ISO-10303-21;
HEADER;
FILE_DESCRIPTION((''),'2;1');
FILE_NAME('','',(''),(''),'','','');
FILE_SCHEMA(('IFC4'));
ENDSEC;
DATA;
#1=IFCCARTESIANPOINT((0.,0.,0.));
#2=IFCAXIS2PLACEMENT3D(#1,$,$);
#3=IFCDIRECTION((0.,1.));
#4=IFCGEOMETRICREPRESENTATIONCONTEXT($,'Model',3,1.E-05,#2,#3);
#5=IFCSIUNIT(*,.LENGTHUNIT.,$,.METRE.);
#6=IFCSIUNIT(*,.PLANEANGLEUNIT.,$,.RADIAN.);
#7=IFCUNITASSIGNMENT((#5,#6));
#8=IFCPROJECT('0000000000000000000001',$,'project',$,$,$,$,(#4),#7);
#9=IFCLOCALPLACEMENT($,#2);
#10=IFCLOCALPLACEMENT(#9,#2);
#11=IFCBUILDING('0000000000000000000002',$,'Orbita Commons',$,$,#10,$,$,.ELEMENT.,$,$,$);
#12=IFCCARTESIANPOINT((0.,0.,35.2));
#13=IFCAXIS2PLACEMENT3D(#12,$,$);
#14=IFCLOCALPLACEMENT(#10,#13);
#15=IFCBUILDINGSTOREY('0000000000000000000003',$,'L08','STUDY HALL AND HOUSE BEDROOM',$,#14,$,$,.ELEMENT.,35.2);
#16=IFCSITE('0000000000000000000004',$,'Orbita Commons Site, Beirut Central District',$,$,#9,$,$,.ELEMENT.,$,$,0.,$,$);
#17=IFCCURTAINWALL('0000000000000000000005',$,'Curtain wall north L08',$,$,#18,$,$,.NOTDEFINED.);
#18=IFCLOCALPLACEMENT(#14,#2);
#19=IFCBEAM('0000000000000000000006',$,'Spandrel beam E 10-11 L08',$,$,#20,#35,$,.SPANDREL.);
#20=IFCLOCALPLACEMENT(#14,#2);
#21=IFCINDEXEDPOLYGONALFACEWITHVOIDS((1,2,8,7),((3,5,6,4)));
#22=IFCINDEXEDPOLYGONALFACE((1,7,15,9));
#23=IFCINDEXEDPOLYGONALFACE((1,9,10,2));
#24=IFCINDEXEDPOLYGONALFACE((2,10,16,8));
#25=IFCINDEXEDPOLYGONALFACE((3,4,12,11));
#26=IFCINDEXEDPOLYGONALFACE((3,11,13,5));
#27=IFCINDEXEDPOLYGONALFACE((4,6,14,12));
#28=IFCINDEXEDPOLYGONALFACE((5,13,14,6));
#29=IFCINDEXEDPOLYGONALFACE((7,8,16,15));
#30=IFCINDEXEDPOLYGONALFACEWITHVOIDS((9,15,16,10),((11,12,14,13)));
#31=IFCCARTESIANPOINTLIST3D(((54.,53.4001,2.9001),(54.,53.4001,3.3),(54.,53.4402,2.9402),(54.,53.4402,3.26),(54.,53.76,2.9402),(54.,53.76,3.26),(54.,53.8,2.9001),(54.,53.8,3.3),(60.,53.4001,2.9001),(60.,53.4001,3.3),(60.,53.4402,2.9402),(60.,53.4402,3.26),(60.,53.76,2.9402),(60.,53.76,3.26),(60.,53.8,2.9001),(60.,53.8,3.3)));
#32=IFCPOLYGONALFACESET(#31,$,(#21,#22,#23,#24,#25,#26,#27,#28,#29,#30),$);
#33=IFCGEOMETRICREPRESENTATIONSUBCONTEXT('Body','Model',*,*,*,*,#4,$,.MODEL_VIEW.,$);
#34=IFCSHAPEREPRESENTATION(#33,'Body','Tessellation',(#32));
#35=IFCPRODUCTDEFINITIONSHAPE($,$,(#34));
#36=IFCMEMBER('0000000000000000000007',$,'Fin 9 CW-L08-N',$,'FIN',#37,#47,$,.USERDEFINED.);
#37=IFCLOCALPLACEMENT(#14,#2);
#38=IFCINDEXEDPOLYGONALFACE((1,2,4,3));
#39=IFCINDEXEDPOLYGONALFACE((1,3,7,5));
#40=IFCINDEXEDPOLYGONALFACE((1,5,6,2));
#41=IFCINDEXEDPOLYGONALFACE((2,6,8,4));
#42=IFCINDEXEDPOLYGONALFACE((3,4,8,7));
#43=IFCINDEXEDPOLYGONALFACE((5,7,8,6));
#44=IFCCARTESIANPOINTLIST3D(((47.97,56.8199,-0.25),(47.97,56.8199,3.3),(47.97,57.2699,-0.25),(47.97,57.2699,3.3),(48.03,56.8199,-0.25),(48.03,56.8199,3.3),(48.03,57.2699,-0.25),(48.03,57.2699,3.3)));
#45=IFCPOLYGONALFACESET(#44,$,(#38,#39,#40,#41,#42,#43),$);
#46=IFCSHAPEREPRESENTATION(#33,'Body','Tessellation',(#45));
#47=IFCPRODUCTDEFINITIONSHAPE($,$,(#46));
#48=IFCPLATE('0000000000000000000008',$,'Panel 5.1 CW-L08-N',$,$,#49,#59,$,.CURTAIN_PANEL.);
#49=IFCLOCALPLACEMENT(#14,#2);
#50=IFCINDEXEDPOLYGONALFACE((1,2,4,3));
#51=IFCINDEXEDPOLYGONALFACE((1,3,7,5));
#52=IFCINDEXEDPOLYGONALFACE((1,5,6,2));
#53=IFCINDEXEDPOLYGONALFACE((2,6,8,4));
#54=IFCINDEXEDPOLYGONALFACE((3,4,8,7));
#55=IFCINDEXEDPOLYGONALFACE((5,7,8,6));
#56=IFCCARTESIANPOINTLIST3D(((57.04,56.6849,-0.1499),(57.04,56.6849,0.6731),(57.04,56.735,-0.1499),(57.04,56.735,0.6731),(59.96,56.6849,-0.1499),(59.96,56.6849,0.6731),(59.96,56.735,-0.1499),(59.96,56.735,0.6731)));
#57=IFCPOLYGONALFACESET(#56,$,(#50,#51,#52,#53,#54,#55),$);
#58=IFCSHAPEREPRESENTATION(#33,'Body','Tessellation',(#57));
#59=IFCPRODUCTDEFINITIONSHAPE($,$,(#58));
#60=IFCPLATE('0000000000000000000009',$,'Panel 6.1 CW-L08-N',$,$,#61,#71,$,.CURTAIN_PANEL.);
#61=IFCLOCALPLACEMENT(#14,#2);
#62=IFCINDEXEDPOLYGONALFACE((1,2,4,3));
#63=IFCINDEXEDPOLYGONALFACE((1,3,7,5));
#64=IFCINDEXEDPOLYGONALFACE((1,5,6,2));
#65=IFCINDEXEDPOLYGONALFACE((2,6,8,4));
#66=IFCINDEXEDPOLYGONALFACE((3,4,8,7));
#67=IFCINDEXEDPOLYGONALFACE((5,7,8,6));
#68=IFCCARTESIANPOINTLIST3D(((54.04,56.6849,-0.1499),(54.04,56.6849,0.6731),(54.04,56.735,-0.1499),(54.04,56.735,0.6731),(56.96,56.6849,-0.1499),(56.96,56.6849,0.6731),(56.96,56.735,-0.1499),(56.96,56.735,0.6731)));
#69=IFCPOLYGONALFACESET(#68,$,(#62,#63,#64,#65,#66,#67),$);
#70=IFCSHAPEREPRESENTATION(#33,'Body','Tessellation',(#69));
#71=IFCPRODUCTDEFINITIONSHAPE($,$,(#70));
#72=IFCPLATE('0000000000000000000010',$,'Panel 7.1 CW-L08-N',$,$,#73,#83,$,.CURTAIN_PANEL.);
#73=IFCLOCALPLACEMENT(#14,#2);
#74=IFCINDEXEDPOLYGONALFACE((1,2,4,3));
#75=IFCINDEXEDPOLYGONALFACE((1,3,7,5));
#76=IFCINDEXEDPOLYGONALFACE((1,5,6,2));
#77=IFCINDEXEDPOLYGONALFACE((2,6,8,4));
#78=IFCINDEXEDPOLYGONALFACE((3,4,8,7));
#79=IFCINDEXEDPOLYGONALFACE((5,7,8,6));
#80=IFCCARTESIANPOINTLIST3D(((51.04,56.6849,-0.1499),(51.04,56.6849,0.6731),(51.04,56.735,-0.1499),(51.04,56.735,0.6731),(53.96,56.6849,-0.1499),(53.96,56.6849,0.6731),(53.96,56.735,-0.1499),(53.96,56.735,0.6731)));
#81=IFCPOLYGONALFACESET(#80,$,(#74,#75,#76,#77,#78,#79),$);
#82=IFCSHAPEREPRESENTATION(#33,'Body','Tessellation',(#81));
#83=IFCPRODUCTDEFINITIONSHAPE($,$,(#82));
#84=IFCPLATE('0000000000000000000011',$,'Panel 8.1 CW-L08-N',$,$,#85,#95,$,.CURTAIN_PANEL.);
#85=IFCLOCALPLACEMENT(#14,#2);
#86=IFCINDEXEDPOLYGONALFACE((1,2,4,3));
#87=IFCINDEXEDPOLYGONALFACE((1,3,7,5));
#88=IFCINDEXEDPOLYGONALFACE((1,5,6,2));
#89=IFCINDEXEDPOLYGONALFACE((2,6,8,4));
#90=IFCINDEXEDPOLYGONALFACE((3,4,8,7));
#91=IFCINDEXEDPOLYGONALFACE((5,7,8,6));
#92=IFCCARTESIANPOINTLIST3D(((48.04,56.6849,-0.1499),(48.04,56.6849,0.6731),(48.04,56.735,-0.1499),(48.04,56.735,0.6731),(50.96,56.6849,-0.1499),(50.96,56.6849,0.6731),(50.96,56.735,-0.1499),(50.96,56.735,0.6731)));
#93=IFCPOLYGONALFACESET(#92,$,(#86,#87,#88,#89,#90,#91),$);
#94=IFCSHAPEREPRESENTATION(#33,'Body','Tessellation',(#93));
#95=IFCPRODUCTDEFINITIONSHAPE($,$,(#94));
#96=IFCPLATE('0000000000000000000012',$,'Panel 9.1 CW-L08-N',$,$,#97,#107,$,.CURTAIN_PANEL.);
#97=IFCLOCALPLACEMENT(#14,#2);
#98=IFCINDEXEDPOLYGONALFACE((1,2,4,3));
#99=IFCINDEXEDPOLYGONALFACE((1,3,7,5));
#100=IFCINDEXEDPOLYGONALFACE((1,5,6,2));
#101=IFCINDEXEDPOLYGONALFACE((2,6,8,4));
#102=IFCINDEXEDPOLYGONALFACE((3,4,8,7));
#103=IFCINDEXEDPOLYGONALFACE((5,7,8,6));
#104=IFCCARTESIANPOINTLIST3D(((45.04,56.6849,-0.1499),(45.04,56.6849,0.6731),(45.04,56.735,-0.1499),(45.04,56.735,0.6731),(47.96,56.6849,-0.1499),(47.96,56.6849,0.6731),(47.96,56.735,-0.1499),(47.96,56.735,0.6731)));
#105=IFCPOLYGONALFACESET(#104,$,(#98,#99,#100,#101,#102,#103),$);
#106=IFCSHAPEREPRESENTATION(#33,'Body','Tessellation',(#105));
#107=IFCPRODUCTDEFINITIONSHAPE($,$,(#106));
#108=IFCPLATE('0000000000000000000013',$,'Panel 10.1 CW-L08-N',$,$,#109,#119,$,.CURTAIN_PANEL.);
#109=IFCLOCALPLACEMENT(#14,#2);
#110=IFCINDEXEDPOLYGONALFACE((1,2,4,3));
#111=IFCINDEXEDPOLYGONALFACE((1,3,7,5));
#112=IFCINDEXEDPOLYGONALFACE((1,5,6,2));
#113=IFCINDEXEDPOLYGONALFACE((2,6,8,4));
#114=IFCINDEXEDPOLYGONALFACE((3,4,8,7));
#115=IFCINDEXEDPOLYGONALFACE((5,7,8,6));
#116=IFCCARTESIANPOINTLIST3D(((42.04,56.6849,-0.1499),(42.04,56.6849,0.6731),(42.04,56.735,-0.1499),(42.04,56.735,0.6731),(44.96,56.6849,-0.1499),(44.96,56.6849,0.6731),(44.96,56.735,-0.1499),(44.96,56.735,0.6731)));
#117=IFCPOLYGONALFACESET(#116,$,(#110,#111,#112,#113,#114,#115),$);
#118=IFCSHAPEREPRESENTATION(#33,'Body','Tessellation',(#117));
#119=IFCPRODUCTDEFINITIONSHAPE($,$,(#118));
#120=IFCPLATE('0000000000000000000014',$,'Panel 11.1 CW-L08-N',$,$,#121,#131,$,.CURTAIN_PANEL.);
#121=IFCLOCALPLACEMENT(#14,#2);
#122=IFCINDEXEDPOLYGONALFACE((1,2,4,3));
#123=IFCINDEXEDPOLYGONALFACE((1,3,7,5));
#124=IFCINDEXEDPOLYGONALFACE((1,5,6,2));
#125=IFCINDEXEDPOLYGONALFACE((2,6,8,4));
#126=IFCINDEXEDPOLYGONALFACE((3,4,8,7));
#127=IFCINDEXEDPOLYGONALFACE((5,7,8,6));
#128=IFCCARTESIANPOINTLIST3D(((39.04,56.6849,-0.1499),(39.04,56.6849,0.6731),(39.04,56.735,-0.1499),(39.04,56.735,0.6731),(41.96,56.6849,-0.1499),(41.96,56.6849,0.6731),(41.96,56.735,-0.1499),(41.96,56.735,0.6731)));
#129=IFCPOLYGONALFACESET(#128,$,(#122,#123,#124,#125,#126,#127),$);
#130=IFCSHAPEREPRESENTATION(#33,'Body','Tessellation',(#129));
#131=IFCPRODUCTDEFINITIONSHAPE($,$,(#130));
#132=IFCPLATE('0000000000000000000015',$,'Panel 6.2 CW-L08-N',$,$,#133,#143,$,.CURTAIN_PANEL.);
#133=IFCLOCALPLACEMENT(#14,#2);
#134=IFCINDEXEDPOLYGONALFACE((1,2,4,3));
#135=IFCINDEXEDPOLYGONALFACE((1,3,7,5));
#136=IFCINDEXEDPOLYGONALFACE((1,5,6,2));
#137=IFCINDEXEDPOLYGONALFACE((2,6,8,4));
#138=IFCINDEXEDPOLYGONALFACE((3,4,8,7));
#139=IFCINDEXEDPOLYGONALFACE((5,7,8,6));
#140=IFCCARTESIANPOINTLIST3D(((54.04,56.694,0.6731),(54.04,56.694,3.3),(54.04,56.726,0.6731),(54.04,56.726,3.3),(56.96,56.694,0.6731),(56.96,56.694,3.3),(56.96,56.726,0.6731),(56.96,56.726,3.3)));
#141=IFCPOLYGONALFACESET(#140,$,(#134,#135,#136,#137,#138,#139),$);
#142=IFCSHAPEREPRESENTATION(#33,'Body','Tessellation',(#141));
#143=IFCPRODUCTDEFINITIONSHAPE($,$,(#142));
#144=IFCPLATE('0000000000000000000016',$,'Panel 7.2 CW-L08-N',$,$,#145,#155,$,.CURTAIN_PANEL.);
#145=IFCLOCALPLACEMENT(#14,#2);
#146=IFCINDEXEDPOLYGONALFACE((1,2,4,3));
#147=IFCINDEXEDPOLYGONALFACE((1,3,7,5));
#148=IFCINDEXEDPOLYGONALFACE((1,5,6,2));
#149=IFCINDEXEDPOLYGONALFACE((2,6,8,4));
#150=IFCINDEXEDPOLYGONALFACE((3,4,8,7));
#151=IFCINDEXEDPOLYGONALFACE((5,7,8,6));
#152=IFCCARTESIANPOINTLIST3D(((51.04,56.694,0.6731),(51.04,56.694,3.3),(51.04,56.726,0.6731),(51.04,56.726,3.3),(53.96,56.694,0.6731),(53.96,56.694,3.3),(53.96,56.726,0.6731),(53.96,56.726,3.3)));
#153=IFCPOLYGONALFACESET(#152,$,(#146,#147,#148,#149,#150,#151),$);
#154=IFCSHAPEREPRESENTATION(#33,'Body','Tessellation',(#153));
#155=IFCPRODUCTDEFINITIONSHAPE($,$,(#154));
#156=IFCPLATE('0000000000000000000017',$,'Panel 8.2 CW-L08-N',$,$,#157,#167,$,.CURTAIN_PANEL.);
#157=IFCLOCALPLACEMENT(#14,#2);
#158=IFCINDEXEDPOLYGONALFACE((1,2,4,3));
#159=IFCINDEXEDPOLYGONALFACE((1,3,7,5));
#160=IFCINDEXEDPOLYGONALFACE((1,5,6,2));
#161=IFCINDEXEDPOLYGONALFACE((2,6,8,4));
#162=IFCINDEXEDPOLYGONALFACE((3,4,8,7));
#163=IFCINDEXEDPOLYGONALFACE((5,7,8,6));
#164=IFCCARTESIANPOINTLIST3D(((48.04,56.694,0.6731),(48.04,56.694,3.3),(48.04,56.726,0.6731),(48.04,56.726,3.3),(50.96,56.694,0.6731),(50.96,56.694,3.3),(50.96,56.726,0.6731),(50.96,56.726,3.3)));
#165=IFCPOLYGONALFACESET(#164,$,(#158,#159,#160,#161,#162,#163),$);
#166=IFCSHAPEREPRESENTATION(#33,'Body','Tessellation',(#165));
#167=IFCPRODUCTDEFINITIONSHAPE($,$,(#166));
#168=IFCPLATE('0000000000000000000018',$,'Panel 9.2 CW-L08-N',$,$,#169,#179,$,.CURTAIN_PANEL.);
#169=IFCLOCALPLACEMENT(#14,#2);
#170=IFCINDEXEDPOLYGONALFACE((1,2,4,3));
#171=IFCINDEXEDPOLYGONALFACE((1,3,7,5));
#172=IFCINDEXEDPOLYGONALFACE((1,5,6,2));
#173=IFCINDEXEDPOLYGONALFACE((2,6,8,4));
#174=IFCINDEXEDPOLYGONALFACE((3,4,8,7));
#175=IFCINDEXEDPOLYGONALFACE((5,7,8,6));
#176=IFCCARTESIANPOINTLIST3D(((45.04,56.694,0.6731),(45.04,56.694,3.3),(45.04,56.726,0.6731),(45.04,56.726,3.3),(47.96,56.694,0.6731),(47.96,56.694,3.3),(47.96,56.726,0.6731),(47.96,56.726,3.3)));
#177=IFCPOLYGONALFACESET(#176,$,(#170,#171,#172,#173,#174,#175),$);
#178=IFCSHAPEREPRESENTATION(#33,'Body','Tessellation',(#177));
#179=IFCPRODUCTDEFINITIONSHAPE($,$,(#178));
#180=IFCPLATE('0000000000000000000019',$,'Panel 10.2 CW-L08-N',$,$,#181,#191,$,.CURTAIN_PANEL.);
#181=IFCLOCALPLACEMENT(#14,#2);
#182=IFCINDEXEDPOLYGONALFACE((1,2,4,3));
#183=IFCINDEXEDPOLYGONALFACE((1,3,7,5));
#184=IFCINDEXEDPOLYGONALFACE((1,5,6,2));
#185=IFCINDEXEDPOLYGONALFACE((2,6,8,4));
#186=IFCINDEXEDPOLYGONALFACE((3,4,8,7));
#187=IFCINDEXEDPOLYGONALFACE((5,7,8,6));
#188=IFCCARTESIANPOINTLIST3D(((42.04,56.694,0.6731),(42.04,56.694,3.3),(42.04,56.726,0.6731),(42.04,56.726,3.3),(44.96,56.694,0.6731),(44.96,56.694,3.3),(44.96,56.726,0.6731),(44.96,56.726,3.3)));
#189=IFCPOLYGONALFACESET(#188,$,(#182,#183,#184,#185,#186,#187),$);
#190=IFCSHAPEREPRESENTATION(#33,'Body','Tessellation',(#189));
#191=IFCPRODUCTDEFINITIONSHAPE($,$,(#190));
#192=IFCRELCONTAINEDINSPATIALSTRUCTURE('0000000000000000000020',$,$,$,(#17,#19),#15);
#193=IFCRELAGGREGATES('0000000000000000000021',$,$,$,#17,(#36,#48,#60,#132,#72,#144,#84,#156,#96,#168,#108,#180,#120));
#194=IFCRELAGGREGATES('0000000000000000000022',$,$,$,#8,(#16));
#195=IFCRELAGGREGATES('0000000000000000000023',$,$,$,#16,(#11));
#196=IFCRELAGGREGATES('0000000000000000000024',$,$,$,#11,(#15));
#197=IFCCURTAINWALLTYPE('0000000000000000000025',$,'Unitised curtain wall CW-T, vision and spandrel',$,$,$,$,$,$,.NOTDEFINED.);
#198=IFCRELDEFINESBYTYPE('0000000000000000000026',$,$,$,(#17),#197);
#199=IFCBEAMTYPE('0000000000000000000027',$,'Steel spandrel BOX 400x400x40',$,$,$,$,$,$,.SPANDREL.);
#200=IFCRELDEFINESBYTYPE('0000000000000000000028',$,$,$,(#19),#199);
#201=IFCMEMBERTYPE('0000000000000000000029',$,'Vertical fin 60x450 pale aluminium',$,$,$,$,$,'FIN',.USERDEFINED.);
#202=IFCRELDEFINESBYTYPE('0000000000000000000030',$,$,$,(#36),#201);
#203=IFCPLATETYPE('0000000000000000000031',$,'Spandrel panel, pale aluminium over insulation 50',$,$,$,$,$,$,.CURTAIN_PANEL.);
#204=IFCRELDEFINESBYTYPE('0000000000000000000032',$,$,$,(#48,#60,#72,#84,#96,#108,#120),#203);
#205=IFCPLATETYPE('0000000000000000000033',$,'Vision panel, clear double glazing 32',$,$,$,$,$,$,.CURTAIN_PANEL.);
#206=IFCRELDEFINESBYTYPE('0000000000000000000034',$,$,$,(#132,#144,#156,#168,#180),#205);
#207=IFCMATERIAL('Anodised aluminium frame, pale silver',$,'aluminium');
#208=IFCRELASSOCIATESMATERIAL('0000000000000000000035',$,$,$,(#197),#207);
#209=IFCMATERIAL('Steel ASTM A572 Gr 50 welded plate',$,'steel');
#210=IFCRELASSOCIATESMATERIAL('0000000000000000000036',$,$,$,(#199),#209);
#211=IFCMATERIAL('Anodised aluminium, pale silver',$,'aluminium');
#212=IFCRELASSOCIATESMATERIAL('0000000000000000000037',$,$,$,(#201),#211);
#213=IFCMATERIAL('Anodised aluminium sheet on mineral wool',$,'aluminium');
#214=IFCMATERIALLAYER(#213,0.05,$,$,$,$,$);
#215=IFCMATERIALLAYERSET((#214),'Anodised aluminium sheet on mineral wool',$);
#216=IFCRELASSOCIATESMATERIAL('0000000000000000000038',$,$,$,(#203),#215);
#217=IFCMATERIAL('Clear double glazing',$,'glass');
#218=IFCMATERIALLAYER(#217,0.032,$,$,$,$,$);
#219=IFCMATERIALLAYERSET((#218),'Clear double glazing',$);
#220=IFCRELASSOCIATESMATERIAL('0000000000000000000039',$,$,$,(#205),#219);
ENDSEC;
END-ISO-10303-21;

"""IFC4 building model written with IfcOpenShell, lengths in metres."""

from ifc_helpers import new_model, si_unit, direction, frame, origin, origin_2d, place, context, subcontext, project, spatial, rectangle, hollow_rectangle, extrude, material, layer, layer_set, material_profile, profile_set, type_object, element, aggregate, save


model = new_model("IFC4")

# Units and contexts
model_context = context("Model", 3, precision=1e-05, world=origin(), true_north=direction((0.0, 1.0)))
body_context = subcontext(model_context, "Body", "Model", "MODEL_VIEW")
ifc_project = project(units=[si_unit("LENGTHUNIT", "METRE"), si_unit("PLANEANGLEUNIT", "RADIAN")], contexts=[model_context])

# Site, building, storey
site_placement = place(None, origin())
site = spatial("IfcSite", under=ifc_project, at=site_placement, Name="Orbita Commons Site, Beirut Central District", CompositionType="ELEMENT", RefElevation=0.0)
building_placement = place(site_placement, origin())
building = spatial("IfcBuilding", under=site, at=building_placement, Name="Orbita Commons", CompositionType="ELEMENT")
storey_placement = place(building_placement, frame((0.0, 0.0, 35.2)))
storey = spatial("IfcBuildingStorey", under=building, at=storey_placement, Name="L08", Description="STUDY HALL AND HOUSE BEDROOM", CompositionType="ELEMENT", Elevation=35.2)

# Curtain wall
ifc_material_1 = material(Name="Anodised aluminium frame, pale silver", Category="aluminium")
curtain_wall_type = type_object("IfcCurtainWallType", Name="Unitised curtain wall CW-T, vision and spandrel", PredefinedType="NOTDEFINED", material=ifc_material_1)
curtain_wall_placement = place(storey_placement, origin())
curtain_wall = element("IfcCurtainWall", 1, at=curtain_wall_placement, inside=storey, type_object=curtain_wall_type, Name="Curtain wall north L08", PredefinedType="NOTDEFINED")

# Beam
ifc_material_2 = material(Name="Steel ASTM A572 Gr 50 welded plate", Category="steel")
ifc_material_profile_1 = material_profile(ifc_material_2, hollow_rectangle(XDim=0.3999, YDim=0.3999, WallThickness=0.04, at=origin_2d()), Name="BOX 400x400x40")
ifc_profile_set_1 = profile_set([ifc_material_profile_1], Name="Steel ASTM A572 Gr 50 welded plate")
beam_type = type_object("IfcBeamType", Name="Steel spandrel BOX 400x400x40", PredefinedType="SPANDREL", material=ifc_profile_set_1)
beam_placement = place(storey_placement, frame((54.0, 53.6001, 3.1001), z_axis=(1.0, 0.0, 0.0), x_axis=(0.0, 1.0, 0.0)))
element("IfcBeam", 2, at=beam_placement, inside=storey, type_object=beam_type, Name="Spandrel beam E 10-11 L08", PredefinedType="SPANDREL", context=body_context, shape_type="SweptSolid", body=[
    extrude(hollow_rectangle(XDim=0.3999, YDim=0.3999, WallThickness=0.04, at=origin_2d()), origin(), (0.0, 0.0, 1.0), 6.0),
])

# Member
ifc_material_3 = material(Name="Anodised aluminium, pale silver", Category="aluminium")
ifc_material_profile_2 = material_profile(ifc_material_3, rectangle(XDim=0.0601, YDim=0.45, at=origin_2d()), Name="FIN 60x450")
ifc_profile_set_2 = profile_set([ifc_material_profile_2], Name="Anodised aluminium, pale silver")
member_type_1 = type_object("IfcMemberType", Name="Vertical fin 60x450 pale aluminium", ElementType="FIN", PredefinedType="USERDEFINED", material=ifc_profile_set_2)
member_1_placement = place(storey_placement, frame((48.0, 57.0449, -0.25), z_axis=(0.0, 0.0, 1.0), x_axis=(-1.0, 0.0, 0.0)))
member_1 = element("IfcMember", 3, at=member_1_placement, type_object=member_type_1, Name="Fin 9 CW-L08-N", ObjectType="FIN", PredefinedType="USERDEFINED", context=body_context, shape_type="SweptSolid", body=[
    extrude(rectangle(XDim=0.0601, YDim=0.45, at=origin_2d()), origin(), (0.0, 0.0, 1.0), 3.55),
])

# Plates
ifc_material_4 = material(Name="Anodised aluminium sheet on mineral wool", Category="aluminium")
ifc_layer_1 = layer(ifc_material_4, 0.05)
ifc_layer_set_1 = layer_set([ifc_layer_1], Name="Anodised aluminium sheet on mineral wool")
plate_type_1 = type_object("IfcPlateType", Name="Spandrel panel, pale aluminium over insulation 50", PredefinedType="CURTAIN_PANEL", material=ifc_layer_set_1)
plate_1_placement = place(storey_placement, frame((58.5, 56.71, -0.1499), z_axis=(0.0, 0.0, 1.0), x_axis=(-1.0, 0.0, 0.0)))
plate_1 = element("IfcPlate", 4, at=plate_1_placement, type_object=plate_type_1, Name="Panel 5.1 CW-L08-N", PredefinedType="CURTAIN_PANEL", context=body_context, shape_type="SweptSolid", body=[
    extrude(rectangle(XDim=2.9199, YDim=0.05, at=origin_2d()), origin(), (0.0, 0.0, 1.0), 0.823),
])
plate_2_placement = place(storey_placement, frame((55.5, 56.71, -0.1499), z_axis=(0.0, 0.0, 1.0), x_axis=(-1.0, 0.0, 0.0)))
plate_2 = element("IfcPlate", 5, at=plate_2_placement, type_object=plate_type_1, Name="Panel 6.1 CW-L08-N", PredefinedType="CURTAIN_PANEL", context=body_context, shape_type="SweptSolid", body=[
    extrude(rectangle(XDim=2.9199, YDim=0.05, at=origin_2d()), origin(), (0.0, 0.0, 1.0), 0.823),
])
plate_3_placement = place(storey_placement, frame((52.5, 56.71, -0.1499), z_axis=(0.0, 0.0, 1.0), x_axis=(-1.0, 0.0, 0.0)))
plate_3 = element("IfcPlate", 6, at=plate_3_placement, type_object=plate_type_1, Name="Panel 7.1 CW-L08-N", PredefinedType="CURTAIN_PANEL", context=body_context, shape_type="SweptSolid", body=[
    extrude(rectangle(XDim=2.9199, YDim=0.05, at=origin_2d()), origin(), (0.0, 0.0, 1.0), 0.823),
])
plate_4_placement = place(storey_placement, frame((49.5, 56.71, -0.1499), z_axis=(0.0, 0.0, 1.0), x_axis=(-1.0, 0.0, 0.0)))
plate_4 = element("IfcPlate", 7, at=plate_4_placement, type_object=plate_type_1, Name="Panel 8.1 CW-L08-N", PredefinedType="CURTAIN_PANEL", context=body_context, shape_type="SweptSolid", body=[
    extrude(rectangle(XDim=2.9199, YDim=0.05, at=origin_2d()), origin(), (0.0, 0.0, 1.0), 0.823),
])
plate_5_placement = place(storey_placement, frame((46.5, 56.71, -0.1499), z_axis=(0.0, 0.0, 1.0), x_axis=(-1.0, 0.0, 0.0)))
plate_5 = element("IfcPlate", 8, at=plate_5_placement, type_object=plate_type_1, Name="Panel 9.1 CW-L08-N", PredefinedType="CURTAIN_PANEL", context=body_context, shape_type="SweptSolid", body=[
    extrude(rectangle(XDim=2.9199, YDim=0.05, at=origin_2d()), origin(), (0.0, 0.0, 1.0), 0.823),
])
plate_6_placement = place(storey_placement, frame((43.5, 56.71, -0.1499), z_axis=(0.0, 0.0, 1.0), x_axis=(-1.0, 0.0, 0.0)))
plate_6 = element("IfcPlate", 9, at=plate_6_placement, type_object=plate_type_1, Name="Panel 10.1 CW-L08-N", PredefinedType="CURTAIN_PANEL", context=body_context, shape_type="SweptSolid", body=[
    extrude(rectangle(XDim=2.9199, YDim=0.05, at=origin_2d()), origin(), (0.0, 0.0, 1.0), 0.823),
])
plate_7_placement = place(storey_placement, frame((40.5, 56.71, -0.1499), z_axis=(0.0, 0.0, 1.0), x_axis=(-1.0, 0.0, 0.0)))
plate_7 = element("IfcPlate", 10, at=plate_7_placement, type_object=plate_type_1, Name="Panel 11.1 CW-L08-N", PredefinedType="CURTAIN_PANEL", context=body_context, shape_type="SweptSolid", body=[
    extrude(rectangle(XDim=2.9199, YDim=0.05, at=origin_2d()), origin(), (0.0, 0.0, 1.0), 0.823),
])
ifc_material_5 = material(Name="Clear double glazing", Category="glass")
ifc_layer_2 = layer(ifc_material_5, 0.032)
ifc_layer_set_2 = layer_set([ifc_layer_2], Name="Clear double glazing")
plate_type_2 = type_object("IfcPlateType", Name="Vision panel, clear double glazing 32", PredefinedType="CURTAIN_PANEL", material=ifc_layer_set_2)
plate_8_placement = place(storey_placement, frame((55.5, 56.71, 0.6731), z_axis=(0.0, 0.0, 1.0), x_axis=(-1.0, 0.0, 0.0)))
plate_8 = element("IfcPlate", 11, at=plate_8_placement, type_object=plate_type_2, Name="Panel 6.2 CW-L08-N", PredefinedType="CURTAIN_PANEL", context=body_context, shape_type="SweptSolid", body=[
    extrude(rectangle(XDim=2.9199, YDim=0.032, at=origin_2d()), origin(), (0.0, 0.0, 1.0), 2.627),
])
plate_9_placement = place(storey_placement, frame((52.5, 56.71, 0.6731), z_axis=(0.0, 0.0, 1.0), x_axis=(-1.0, 0.0, 0.0)))
plate_9 = element("IfcPlate", 12, at=plate_9_placement, type_object=plate_type_2, Name="Panel 7.2 CW-L08-N", PredefinedType="CURTAIN_PANEL", context=body_context, shape_type="SweptSolid", body=[
    extrude(rectangle(XDim=2.9199, YDim=0.032, at=origin_2d()), origin(), (0.0, 0.0, 1.0), 2.627),
])
plate_10_placement = place(storey_placement, frame((49.5, 56.71, 0.6731), z_axis=(0.0, 0.0, 1.0), x_axis=(-1.0, 0.0, 0.0)))
plate_10 = element("IfcPlate", 13, at=plate_10_placement, type_object=plate_type_2, Name="Panel 8.2 CW-L08-N", PredefinedType="CURTAIN_PANEL", context=body_context, shape_type="SweptSolid", body=[
    extrude(rectangle(XDim=2.9199, YDim=0.032, at=origin_2d()), origin(), (0.0, 0.0, 1.0), 2.627),
])
plate_11_placement = place(storey_placement, frame((46.5, 56.71, 0.6731), z_axis=(0.0, 0.0, 1.0), x_axis=(-1.0, 0.0, 0.0)))
plate_11 = element("IfcPlate", 14, at=plate_11_placement, type_object=plate_type_2, Name="Panel 9.2 CW-L08-N", PredefinedType="CURTAIN_PANEL", context=body_context, shape_type="SweptSolid", body=[
    extrude(rectangle(XDim=2.9199, YDim=0.032, at=origin_2d()), origin(), (0.0, 0.0, 1.0), 2.627),
])
plate_12_placement = place(storey_placement, frame((43.5, 56.71, 0.6731), z_axis=(0.0, 0.0, 1.0), x_axis=(-1.0, 0.0, 0.0)))
plate_12 = element("IfcPlate", 15, at=plate_12_placement, type_object=plate_type_2, Name="Panel 10.2 CW-L08-N", PredefinedType="CURTAIN_PANEL", context=body_context, shape_type="SweptSolid", body=[
    extrude(rectangle(XDim=2.9199, YDim=0.032, at=origin_2d()), origin(), (0.0, 0.0, 1.0), 2.627),
])
aggregate(curtain_wall, [member_1, plate_1, plate_2, plate_8, plate_3, plate_9, plate_4, plate_10, plate_5, plate_11, plate_6, plate_12, plate_7])

save(model, "model.ifc")
